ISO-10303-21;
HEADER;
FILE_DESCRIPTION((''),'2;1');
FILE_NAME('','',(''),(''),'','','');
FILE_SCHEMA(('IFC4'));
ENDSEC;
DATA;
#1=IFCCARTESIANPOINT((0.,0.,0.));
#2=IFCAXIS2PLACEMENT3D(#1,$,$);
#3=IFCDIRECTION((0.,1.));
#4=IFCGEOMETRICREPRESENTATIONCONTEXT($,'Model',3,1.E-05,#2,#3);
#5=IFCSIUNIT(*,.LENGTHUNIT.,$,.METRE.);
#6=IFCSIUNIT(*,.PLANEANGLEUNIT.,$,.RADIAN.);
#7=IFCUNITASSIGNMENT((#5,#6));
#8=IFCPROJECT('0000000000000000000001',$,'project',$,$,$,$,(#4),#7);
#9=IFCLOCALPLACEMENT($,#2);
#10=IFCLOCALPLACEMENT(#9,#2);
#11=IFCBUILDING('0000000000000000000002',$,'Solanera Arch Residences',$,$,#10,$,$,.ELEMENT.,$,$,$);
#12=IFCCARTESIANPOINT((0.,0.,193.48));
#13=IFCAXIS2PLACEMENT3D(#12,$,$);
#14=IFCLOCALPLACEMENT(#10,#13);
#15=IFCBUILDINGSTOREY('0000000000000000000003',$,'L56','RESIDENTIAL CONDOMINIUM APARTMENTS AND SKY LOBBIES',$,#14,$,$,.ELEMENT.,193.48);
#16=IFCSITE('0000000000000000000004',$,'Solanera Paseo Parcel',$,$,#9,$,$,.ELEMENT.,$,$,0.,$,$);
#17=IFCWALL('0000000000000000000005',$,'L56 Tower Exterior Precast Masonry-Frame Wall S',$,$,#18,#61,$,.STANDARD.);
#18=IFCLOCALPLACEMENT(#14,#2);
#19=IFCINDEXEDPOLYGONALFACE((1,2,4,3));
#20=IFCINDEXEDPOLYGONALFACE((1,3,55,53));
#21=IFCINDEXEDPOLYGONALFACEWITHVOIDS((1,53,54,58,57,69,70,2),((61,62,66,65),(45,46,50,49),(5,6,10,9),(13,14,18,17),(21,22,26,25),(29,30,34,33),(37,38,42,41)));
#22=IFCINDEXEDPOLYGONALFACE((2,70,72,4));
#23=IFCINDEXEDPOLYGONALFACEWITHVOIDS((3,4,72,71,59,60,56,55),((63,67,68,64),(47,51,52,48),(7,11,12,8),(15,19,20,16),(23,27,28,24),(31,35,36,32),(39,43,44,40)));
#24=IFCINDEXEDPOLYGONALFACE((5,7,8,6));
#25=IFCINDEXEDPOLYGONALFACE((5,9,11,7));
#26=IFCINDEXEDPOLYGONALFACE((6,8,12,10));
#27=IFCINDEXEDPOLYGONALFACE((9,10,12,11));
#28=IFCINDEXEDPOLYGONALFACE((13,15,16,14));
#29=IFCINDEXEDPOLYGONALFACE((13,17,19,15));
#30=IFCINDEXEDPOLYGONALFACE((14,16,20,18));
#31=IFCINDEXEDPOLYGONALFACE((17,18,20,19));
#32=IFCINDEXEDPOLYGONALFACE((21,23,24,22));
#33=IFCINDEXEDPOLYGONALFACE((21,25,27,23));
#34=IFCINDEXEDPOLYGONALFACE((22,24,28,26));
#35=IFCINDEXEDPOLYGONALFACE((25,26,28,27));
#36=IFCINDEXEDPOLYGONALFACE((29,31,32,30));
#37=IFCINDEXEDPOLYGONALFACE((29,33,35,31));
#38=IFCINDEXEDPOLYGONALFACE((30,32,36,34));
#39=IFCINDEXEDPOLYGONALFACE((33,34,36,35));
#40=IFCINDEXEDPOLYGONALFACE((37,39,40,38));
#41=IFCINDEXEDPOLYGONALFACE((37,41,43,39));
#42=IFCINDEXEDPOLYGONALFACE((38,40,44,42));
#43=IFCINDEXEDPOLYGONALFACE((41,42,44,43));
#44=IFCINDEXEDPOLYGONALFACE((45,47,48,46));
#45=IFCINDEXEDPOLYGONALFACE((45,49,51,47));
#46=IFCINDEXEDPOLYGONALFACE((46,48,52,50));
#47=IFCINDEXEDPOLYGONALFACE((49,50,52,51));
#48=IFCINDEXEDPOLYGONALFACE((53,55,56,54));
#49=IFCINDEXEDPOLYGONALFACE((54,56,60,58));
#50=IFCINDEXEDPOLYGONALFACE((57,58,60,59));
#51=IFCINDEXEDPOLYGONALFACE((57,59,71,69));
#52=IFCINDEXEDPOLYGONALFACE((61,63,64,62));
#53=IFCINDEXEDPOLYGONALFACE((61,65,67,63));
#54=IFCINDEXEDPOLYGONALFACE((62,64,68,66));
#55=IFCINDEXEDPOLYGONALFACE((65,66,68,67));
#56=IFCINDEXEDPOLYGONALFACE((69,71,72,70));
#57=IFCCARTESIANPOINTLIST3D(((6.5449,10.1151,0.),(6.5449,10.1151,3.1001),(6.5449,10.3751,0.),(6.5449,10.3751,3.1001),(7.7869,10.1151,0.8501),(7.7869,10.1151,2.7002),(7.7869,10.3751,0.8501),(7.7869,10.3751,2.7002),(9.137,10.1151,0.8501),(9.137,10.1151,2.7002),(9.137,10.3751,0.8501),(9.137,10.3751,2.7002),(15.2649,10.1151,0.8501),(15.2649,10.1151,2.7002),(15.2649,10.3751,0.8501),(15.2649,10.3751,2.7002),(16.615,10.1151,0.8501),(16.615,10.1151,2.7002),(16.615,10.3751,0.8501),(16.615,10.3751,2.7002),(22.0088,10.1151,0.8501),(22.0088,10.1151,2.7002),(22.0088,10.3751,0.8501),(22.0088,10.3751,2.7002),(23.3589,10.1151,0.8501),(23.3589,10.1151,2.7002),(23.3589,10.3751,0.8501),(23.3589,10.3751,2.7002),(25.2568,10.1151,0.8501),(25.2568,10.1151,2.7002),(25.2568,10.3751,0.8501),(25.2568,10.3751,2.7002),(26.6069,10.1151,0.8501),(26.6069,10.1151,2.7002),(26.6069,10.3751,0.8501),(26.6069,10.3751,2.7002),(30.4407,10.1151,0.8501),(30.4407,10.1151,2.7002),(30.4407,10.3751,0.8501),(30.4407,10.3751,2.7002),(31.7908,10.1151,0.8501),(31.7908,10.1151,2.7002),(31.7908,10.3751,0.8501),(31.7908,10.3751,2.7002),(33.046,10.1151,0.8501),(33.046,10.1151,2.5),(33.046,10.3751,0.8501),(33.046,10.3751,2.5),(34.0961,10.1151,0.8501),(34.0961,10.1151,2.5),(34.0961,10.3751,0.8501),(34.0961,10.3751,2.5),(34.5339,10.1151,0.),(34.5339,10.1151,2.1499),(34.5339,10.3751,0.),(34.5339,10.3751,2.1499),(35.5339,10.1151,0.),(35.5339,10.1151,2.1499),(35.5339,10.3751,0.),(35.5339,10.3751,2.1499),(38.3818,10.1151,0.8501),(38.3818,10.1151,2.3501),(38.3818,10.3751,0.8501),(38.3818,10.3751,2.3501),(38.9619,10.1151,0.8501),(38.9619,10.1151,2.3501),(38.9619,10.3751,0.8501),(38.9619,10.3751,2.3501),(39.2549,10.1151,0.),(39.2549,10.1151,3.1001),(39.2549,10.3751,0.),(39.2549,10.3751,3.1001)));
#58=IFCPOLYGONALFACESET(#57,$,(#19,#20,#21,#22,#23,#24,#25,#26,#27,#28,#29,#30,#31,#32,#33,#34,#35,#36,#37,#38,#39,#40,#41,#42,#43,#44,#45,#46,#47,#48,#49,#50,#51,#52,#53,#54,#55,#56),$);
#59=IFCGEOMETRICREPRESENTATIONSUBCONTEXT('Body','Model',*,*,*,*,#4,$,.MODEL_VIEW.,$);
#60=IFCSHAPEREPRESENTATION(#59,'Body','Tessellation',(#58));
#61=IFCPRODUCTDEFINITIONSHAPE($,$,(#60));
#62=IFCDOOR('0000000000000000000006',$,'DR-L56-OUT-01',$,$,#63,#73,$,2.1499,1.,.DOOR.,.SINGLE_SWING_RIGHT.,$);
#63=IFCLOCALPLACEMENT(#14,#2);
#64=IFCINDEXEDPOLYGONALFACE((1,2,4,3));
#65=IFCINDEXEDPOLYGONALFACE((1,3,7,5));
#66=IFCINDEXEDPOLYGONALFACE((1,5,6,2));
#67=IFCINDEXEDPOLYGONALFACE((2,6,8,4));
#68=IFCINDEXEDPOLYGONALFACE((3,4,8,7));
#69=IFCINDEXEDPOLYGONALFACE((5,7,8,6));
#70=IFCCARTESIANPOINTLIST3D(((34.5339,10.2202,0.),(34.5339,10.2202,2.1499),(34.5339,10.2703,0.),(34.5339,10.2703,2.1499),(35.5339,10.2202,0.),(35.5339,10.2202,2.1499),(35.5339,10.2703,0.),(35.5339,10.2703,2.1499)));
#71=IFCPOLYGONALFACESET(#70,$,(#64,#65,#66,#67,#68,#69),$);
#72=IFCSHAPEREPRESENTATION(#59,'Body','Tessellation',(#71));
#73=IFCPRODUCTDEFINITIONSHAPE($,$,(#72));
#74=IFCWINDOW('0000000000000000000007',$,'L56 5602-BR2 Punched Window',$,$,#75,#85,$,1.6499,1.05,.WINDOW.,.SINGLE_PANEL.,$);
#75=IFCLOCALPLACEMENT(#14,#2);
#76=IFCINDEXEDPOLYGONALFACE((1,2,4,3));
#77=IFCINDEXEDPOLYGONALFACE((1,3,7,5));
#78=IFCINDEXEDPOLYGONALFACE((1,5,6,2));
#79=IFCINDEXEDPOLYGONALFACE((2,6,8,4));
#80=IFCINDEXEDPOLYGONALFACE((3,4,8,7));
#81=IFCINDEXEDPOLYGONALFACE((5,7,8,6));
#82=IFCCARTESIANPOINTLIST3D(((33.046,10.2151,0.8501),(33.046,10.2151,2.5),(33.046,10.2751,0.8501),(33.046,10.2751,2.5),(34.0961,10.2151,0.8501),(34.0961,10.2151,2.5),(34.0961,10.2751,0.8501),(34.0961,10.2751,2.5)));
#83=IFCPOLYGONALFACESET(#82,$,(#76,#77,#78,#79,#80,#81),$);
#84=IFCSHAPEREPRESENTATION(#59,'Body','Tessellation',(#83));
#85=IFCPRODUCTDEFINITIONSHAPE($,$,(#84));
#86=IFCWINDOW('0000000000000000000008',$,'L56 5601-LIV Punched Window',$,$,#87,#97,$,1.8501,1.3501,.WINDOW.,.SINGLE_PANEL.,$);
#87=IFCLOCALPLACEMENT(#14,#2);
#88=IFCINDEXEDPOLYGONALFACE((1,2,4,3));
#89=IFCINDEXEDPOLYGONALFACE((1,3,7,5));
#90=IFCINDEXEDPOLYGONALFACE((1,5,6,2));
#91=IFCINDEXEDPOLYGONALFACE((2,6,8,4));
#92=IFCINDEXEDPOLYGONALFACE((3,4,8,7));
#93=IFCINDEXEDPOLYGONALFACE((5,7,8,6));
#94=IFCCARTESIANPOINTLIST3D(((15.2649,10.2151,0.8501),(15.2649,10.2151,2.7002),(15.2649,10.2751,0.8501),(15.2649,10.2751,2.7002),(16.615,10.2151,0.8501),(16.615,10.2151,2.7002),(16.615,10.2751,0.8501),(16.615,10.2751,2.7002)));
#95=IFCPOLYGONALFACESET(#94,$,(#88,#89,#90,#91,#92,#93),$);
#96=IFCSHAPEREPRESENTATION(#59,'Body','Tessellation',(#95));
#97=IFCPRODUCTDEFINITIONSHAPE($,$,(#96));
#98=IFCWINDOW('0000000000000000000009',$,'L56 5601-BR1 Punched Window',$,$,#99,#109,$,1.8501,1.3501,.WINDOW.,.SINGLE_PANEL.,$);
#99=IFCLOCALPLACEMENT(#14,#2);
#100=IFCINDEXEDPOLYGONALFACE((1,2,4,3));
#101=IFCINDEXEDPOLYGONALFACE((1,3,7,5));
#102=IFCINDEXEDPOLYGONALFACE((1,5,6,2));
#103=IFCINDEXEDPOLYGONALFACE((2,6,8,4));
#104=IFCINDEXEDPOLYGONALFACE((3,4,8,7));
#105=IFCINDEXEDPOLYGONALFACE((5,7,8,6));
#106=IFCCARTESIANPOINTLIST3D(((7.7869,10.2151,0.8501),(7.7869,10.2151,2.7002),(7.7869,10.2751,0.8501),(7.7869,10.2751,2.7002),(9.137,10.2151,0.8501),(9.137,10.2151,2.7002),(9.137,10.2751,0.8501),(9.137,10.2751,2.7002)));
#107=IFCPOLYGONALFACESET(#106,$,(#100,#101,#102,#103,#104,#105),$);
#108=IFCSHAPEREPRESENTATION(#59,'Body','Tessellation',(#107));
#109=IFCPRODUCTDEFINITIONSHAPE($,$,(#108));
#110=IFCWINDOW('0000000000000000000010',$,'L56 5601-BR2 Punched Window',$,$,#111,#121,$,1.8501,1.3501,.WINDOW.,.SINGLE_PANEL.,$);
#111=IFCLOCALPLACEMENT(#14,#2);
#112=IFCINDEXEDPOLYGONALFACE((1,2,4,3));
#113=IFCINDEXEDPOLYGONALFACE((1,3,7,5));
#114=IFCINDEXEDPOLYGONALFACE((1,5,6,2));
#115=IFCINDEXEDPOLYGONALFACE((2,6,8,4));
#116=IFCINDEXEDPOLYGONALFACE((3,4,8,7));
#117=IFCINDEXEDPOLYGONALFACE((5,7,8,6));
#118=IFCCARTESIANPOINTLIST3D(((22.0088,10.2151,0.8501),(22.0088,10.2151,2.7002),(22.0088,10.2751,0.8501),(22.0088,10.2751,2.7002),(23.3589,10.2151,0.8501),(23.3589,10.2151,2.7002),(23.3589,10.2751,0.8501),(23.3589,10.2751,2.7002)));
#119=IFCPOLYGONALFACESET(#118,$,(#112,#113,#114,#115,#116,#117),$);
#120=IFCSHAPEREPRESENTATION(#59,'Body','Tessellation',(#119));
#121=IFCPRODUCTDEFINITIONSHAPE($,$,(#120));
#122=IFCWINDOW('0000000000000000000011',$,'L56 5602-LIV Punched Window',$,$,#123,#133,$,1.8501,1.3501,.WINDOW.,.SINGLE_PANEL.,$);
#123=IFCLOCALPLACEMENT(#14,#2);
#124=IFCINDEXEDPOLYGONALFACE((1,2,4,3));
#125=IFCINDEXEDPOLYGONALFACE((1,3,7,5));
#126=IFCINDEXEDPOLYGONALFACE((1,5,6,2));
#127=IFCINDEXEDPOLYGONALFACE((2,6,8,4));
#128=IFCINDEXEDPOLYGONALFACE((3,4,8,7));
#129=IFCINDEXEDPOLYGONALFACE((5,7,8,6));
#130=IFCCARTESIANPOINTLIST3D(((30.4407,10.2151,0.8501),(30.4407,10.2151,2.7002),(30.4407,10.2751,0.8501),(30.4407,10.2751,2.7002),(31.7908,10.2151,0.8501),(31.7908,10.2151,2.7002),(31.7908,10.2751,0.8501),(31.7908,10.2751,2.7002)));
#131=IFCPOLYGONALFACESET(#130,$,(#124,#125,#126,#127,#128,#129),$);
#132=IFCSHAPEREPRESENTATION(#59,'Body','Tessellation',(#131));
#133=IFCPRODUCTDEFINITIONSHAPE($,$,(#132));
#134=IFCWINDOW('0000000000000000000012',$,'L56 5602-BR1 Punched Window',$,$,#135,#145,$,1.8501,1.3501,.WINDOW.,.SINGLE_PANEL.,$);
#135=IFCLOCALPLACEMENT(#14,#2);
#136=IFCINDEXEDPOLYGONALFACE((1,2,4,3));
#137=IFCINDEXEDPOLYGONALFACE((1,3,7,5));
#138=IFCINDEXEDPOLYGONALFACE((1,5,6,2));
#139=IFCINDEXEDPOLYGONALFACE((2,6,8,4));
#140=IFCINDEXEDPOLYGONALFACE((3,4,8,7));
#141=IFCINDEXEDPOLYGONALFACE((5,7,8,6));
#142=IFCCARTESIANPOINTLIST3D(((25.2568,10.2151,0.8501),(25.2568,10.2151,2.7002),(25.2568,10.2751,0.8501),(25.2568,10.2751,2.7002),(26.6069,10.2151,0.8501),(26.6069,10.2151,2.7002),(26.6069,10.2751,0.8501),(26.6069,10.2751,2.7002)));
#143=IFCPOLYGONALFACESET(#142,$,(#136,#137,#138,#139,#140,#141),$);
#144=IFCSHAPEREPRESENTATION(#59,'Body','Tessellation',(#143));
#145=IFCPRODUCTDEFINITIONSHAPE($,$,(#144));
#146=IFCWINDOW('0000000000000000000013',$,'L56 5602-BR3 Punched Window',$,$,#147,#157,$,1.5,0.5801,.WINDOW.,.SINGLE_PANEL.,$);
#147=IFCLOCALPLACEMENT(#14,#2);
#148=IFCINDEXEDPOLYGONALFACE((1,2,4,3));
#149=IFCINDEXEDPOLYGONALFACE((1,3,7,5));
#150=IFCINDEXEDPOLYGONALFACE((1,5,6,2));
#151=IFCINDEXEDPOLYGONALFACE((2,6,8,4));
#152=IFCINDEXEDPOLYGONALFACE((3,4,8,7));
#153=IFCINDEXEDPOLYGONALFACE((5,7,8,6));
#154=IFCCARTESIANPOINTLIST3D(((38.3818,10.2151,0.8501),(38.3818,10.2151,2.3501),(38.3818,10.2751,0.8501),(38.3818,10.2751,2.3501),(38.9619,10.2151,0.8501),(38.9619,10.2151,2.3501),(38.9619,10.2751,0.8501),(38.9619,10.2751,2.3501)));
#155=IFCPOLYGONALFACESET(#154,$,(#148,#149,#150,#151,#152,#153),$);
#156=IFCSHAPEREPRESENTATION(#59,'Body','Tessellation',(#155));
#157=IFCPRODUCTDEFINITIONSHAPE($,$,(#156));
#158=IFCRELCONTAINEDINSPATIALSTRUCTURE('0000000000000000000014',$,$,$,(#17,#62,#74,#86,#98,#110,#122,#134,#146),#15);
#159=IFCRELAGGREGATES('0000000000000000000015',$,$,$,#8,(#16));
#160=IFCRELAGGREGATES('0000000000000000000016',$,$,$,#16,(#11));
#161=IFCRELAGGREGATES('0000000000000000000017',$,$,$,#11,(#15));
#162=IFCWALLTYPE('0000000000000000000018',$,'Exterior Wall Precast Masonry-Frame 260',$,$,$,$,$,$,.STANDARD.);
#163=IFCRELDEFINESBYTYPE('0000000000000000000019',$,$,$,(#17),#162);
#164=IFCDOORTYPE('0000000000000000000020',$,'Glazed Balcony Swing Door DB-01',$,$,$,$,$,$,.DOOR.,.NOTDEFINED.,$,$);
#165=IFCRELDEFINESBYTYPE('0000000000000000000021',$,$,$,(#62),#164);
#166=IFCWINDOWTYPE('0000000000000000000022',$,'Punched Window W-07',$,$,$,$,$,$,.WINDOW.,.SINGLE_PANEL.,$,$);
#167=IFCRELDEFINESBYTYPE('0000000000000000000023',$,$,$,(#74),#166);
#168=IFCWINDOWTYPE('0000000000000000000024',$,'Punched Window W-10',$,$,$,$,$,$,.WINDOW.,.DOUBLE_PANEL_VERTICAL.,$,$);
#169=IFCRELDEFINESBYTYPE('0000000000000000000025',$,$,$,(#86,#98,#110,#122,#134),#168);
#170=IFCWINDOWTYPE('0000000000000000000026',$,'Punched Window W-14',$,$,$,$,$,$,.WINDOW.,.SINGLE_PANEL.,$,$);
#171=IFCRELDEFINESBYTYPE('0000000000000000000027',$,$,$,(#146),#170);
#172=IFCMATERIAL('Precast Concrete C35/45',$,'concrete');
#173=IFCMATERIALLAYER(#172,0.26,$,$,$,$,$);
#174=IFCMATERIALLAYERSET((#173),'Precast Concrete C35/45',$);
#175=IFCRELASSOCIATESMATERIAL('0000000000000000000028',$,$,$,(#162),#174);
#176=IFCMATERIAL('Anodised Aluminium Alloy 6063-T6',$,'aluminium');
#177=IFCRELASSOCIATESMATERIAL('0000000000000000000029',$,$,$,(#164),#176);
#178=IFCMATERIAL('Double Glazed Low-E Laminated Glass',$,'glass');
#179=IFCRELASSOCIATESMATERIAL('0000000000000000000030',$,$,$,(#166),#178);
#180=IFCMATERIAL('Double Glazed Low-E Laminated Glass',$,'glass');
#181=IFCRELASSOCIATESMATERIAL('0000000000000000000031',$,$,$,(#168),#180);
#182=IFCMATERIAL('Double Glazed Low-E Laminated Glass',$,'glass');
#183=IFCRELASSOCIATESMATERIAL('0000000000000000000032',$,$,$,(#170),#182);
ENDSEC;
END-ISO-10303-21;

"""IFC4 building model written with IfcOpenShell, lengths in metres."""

from ifc_helpers import new_model, si_unit, direction, frame, frame_2d, origin, place, context, subcontext, project, spatial, rectangle, extrude, material, layer, layer_set, type_object, element, fill, save


model = new_model("IFC4")

# Units and contexts
model_context = context("Model", 3, precision=1e-05, world=origin(), true_north=direction((0.0, 1.0)))
body_context = subcontext(model_context, "Body", "Model", "MODEL_VIEW")
ifc_project = project(units=[si_unit("LENGTHUNIT", "METRE"), si_unit("PLANEANGLEUNIT", "RADIAN")], contexts=[model_context])

# Site, building, storey
site_placement = place(None, origin())
site = spatial("IfcSite", under=ifc_project, at=site_placement, Name="Solanera Paseo Parcel", CompositionType="ELEMENT", RefElevation=0.0)
building_placement = place(site_placement, origin())
building = spatial("IfcBuilding", under=site, at=building_placement, Name="Solanera Arch Residences", CompositionType="ELEMENT")
storey_placement = place(building_placement, frame((0.0, 0.0, 193.48)))
storey = spatial("IfcBuildingStorey", under=building, at=storey_placement, Name="L56", Description="RESIDENTIAL CONDOMINIUM APARTMENTS AND SKY LOBBIES", CompositionType="ELEMENT", Elevation=193.48)

# Shared definitions
ifc_material_1 = material(Name="Precast Concrete C35/45", Category="concrete")
ifc_layer_1 = layer(ifc_material_1, 0.26)
ifc_layer_set_1 = layer_set([ifc_layer_1], Name="Precast Concrete C35/45")
wall_type_1 = type_object("IfcWallType", Name="Exterior Wall Precast Masonry-Frame 260", PredefinedType="STANDARD", material=ifc_layer_set_1)

# Wall, openings, door, windows
wall_1_placement = place(storey_placement, frame((39.2549, 10.2451, 0.0), z_axis=(0.0, 0.0, 1.0), x_axis=(-1.0, 0.0, 0.0)))
wall_1 = element("IfcWall", 1, at=wall_1_placement, inside=storey, type_object=wall_type_1, Name="L56 Tower Exterior Precast Masonry-Frame Wall S", PredefinedType="STANDARD", context=body_context, shape_type="SweptSolid", body=[
    extrude(rectangle(XDim=32.71, YDim=0.26, at=frame_2d((16.355, 0.0))), origin(), (0.0, 0.0, 1.0), 3.1001),
])
opening_1_placement = place(wall_1_placement, frame((3.7209, 0.0, 0.0)))
opening_1 = element("IfcOpeningElement", 2, at=opening_1_placement, cuts=wall_1, PredefinedType="OPENING", context=body_context, shape_type="SweptSolid", body=[
    extrude(rectangle(XDim=1.0, YDim=2.1499, at=frame_2d((0.5, 1.075))), frame((0.0, 0.1399, 0.0), z_axis=(0.0, -1.0, 0.0), x_axis=(1.0, 0.0, 0.0)), (0.0, 0.0, 1.0), 0.28),
])
opening_2_placement = place(wall_1_placement, frame((22.6399, 0.0, 0.8501)))
opening_2 = element("IfcOpeningElement", 3, at=opening_2_placement, cuts=wall_1, PredefinedType="OPENING", context=body_context, shape_type="SweptSolid", body=[
    extrude(rectangle(XDim=1.3501, YDim=1.8501, at=frame_2d((0.675, 0.925))), frame((0.0, 0.1399, 0.0), z_axis=(0.0, -1.0, 0.0), x_axis=(1.0, 0.0, 0.0)), (0.0, 0.0, 1.0), 0.28),
])
opening_3_placement = place(wall_1_placement, frame((30.1179, 0.0, 0.8501)))
opening_3 = element("IfcOpeningElement", 4, at=opening_3_placement, cuts=wall_1, PredefinedType="OPENING", context=body_context, shape_type="SweptSolid", body=[
    extrude(rectangle(XDim=1.3501, YDim=1.8501, at=frame_2d((0.675, 0.925))), frame((0.0, 0.1399, 0.0), z_axis=(0.0, -1.0, 0.0), x_axis=(1.0, 0.0, 0.0)), (0.0, 0.0, 1.0), 0.28),
])
opening_4_placement = place(wall_1_placement, frame((15.896, 0.0, 0.8501)))
opening_4 = element("IfcOpeningElement", 5, at=opening_4_placement, cuts=wall_1, PredefinedType="OPENING", context=body_context, shape_type="SweptSolid", body=[
    extrude(rectangle(XDim=1.3501, YDim=1.8501, at=frame_2d((0.675, 0.925))), frame((0.0, 0.1399, 0.0), z_axis=(0.0, -1.0, 0.0), x_axis=(1.0, 0.0, 0.0)), (0.0, 0.0, 1.0), 0.28),
])
opening_5_placement = place(wall_1_placement, frame((7.4641, 0.0, 0.8501)))
opening_5 = element("IfcOpeningElement", 6, at=opening_5_placement, cuts=wall_1, PredefinedType="OPENING", context=body_context, shape_type="SweptSolid", body=[
    extrude(rectangle(XDim=1.3501, YDim=1.8501, at=frame_2d((0.675, 0.925))), frame((0.0, 0.1399, 0.0), z_axis=(0.0, -1.0, 0.0), x_axis=(1.0, 0.0, 0.0)), (0.0, 0.0, 1.0), 0.28),
])
opening_6_placement = place(wall_1_placement, frame((12.6479, 0.0, 0.8501)))
opening_6 = element("IfcOpeningElement", 7, at=opening_6_placement, cuts=wall_1, PredefinedType="OPENING", context=body_context, shape_type="SweptSolid", body=[
    extrude(rectangle(XDim=1.3501, YDim=1.8501, at=frame_2d((0.675, 0.925))), frame((0.0, 0.1399, 0.0), z_axis=(0.0, -1.0, 0.0), x_axis=(1.0, 0.0, 0.0)), (0.0, 0.0, 1.0), 0.28),
])
opening_7_placement = place(wall_1_placement, frame((5.1589, 0.0, 0.8501)))
opening_7 = element("IfcOpeningElement", 8, at=opening_7_placement, cuts=wall_1, PredefinedType="OPENING", context=body_context, shape_type="SweptSolid", body=[
    extrude(rectangle(XDim=1.05, YDim=1.6499, at=frame_2d((0.5249, 0.825))), frame((0.0, 0.1399, 0.0), z_axis=(0.0, -1.0, 0.0), x_axis=(1.0, 0.0, 0.0)), (0.0, 0.0, 1.0), 0.28),
])
opening_8_placement = place(wall_1_placement, frame((0.293, 0.0, 0.8501)))
opening_8 = element("IfcOpeningElement", 9, at=opening_8_placement, cuts=wall_1, PredefinedType="OPENING", context=body_context, shape_type="SweptSolid", body=[
    extrude(rectangle(XDim=0.5801, YDim=1.5, at=frame_2d((0.29, 0.75))), frame((0.0, 0.1399, 0.0), z_axis=(0.0, -1.0, 0.0), x_axis=(1.0, 0.0, 0.0)), (0.0, 0.0, 1.0), 0.28),
])
ifc_material_2 = material(Name="Anodised Aluminium Alloy 6063-T6", Category="aluminium")
door_type_1 = type_object("IfcDoorType", Name="Glazed Balcony Swing Door DB-01", OperationType="NOTDEFINED", PredefinedType="DOOR", material=ifc_material_2)
door_1_placement = place(opening_1_placement, origin())
door_1 = element("IfcDoor", 10, at=door_1_placement, inside=storey, type_object=door_type_1, Name="DR-L56-OUT-01", OperationType="SINGLE_SWING_RIGHT", OverallHeight=2.1499, OverallWidth=1.0, PredefinedType="DOOR", context=body_context, shape_type="SweptSolid", body=[
    extrude(rectangle(XDim=1.0, YDim=2.1499, at=frame_2d((0.5, 1.075))), frame((0.0, 0.0249, 0.0), z_axis=(0.0, -1.0, 0.0), x_axis=(1.0, 0.0, 0.0)), (0.0, 0.0, 1.0), 0.05),
])
fill(opening_1, door_1)
ifc_material_3 = material(Name="Double Glazed Low-E Laminated Glass", Category="glass")
window_type_1 = type_object("IfcWindowType", Name="Punched Window W-07", PartitioningType="SINGLE_PANEL", PredefinedType="WINDOW", material=ifc_material_3)
window_1_placement = place(opening_7_placement, origin())
window_1 = element("IfcWindow", 11, at=window_1_placement, inside=storey, type_object=window_type_1, Name="L56 5602-BR2 Punched Window", OverallHeight=1.6499, OverallWidth=1.05, PartitioningType="SINGLE_PANEL", PredefinedType="WINDOW", context=body_context, shape_type="SweptSolid", body=[
    extrude(rectangle(XDim=1.05, YDim=1.6499, at=frame_2d((0.5249, 0.825))), frame((0.0, 0.03, 0.0), z_axis=(0.0, -1.0, 0.0), x_axis=(1.0, 0.0, 0.0)), (0.0, 0.0, 1.0), 0.0601),
])
fill(opening_7, window_1)
ifc_material_4 = material(Name="Double Glazed Low-E Laminated Glass", Category="glass")
window_type_2 = type_object("IfcWindowType", Name="Punched Window W-10", PartitioningType="DOUBLE_PANEL_VERTICAL", PredefinedType="WINDOW", material=ifc_material_4)
window_2_placement = place(opening_2_placement, origin())
window_2 = element("IfcWindow", 12, at=window_2_placement, inside=storey, type_object=window_type_2, Name="L56 5601-LIV Punched Window", OverallHeight=1.8501, OverallWidth=1.3501, PartitioningType="SINGLE_PANEL", PredefinedType="WINDOW", context=body_context, shape_type="SweptSolid", body=[
    extrude(rectangle(XDim=1.3501, YDim=1.8501, at=frame_2d((0.675, 0.925))), frame((0.0, 0.03, 0.0), z_axis=(0.0, -1.0, 0.0), x_axis=(1.0, 0.0, 0.0)), (0.0, 0.0, 1.0), 0.0601),
])
fill(opening_2, window_2)
window_3_placement = place(opening_3_placement, origin())
window_3 = element("IfcWindow", 13, at=window_3_placement, inside=storey, type_object=window_type_2, Name="L56 5601-BR1 Punched Window", OverallHeight=1.8501, OverallWidth=1.3501, PartitioningType="SINGLE_PANEL", PredefinedType="WINDOW", context=body_context, shape_type="SweptSolid", body=[
    extrude(rectangle(XDim=1.3501, YDim=1.8501, at=frame_2d((0.675, 0.925))), frame((0.0, 0.03, 0.0), z_axis=(0.0, -1.0, 0.0), x_axis=(1.0, 0.0, 0.0)), (0.0, 0.0, 1.0), 0.0601),
])
fill(opening_3, window_3)
window_4_placement = place(opening_4_placement, origin())
window_4 = element("IfcWindow", 14, at=window_4_placement, inside=storey, type_object=window_type_2, Name="L56 5601-BR2 Punched Window", OverallHeight=1.8501, OverallWidth=1.3501, PartitioningType="SINGLE_PANEL", PredefinedType="WINDOW", context=body_context, shape_type="SweptSolid", body=[
    extrude(rectangle(XDim=1.3501, YDim=1.8501, at=frame_2d((0.675, 0.925))), frame((0.0, 0.03, 0.0), z_axis=(0.0, -1.0, 0.0), x_axis=(1.0, 0.0, 0.0)), (0.0, 0.0, 1.0), 0.0601),
])
fill(opening_4, window_4)
window_5_placement = place(opening_5_placement, origin())
window_5 = element("IfcWindow", 15, at=window_5_placement, inside=storey, type_object=window_type_2, Name="L56 5602-LIV Punched Window", OverallHeight=1.8501, OverallWidth=1.3501, PartitioningType="SINGLE_PANEL", PredefinedType="WINDOW", context=body_context, shape_type="SweptSolid", body=[
    extrude(rectangle(XDim=1.3501, YDim=1.8501, at=frame_2d((0.675, 0.925))), frame((0.0, 0.03, 0.0), z_axis=(0.0, -1.0, 0.0), x_axis=(1.0, 0.0, 0.0)), (0.0, 0.0, 1.0), 0.0601),
])
fill(opening_5, window_5)
window_6_placement = place(opening_6_placement, origin())
window_6 = element("IfcWindow", 16, at=window_6_placement, inside=storey, type_object=window_type_2, Name="L56 5602-BR1 Punched Window", OverallHeight=1.8501, OverallWidth=1.3501, PartitioningType="SINGLE_PANEL", PredefinedType="WINDOW", context=body_context, shape_type="SweptSolid", body=[
    extrude(rectangle(XDim=1.3501, YDim=1.8501, at=frame_2d((0.675, 0.925))), frame((0.0, 0.03, 0.0), z_axis=(0.0, -1.0, 0.0), x_axis=(1.0, 0.0, 0.0)), (0.0, 0.0, 1.0), 0.0601),
])
fill(opening_6, window_6)
ifc_material_5 = material(Name="Double Glazed Low-E Laminated Glass", Category="glass")
window_type_3 = type_object("IfcWindowType", Name="Punched Window W-14", PartitioningType="SINGLE_PANEL", PredefinedType="WINDOW", material=ifc_material_5)
window_7_placement = place(opening_8_placement, origin())
window_7 = element("IfcWindow", 17, at=window_7_placement, inside=storey, type_object=window_type_3, Name="L56 5602-BR3 Punched Window", OverallHeight=1.5, OverallWidth=0.5801, PartitioningType="SINGLE_PANEL", PredefinedType="WINDOW", context=body_context, shape_type="SweptSolid", body=[
    extrude(rectangle(XDim=0.5801, YDim=1.5, at=frame_2d((0.29, 0.75))), frame((0.0, 0.03, 0.0), z_axis=(0.0, -1.0, 0.0), x_axis=(1.0, 0.0, 0.0)), (0.0, 0.0, 1.0), 0.0601),
])
fill(opening_8, window_7)

save(model, "model.ifc")
